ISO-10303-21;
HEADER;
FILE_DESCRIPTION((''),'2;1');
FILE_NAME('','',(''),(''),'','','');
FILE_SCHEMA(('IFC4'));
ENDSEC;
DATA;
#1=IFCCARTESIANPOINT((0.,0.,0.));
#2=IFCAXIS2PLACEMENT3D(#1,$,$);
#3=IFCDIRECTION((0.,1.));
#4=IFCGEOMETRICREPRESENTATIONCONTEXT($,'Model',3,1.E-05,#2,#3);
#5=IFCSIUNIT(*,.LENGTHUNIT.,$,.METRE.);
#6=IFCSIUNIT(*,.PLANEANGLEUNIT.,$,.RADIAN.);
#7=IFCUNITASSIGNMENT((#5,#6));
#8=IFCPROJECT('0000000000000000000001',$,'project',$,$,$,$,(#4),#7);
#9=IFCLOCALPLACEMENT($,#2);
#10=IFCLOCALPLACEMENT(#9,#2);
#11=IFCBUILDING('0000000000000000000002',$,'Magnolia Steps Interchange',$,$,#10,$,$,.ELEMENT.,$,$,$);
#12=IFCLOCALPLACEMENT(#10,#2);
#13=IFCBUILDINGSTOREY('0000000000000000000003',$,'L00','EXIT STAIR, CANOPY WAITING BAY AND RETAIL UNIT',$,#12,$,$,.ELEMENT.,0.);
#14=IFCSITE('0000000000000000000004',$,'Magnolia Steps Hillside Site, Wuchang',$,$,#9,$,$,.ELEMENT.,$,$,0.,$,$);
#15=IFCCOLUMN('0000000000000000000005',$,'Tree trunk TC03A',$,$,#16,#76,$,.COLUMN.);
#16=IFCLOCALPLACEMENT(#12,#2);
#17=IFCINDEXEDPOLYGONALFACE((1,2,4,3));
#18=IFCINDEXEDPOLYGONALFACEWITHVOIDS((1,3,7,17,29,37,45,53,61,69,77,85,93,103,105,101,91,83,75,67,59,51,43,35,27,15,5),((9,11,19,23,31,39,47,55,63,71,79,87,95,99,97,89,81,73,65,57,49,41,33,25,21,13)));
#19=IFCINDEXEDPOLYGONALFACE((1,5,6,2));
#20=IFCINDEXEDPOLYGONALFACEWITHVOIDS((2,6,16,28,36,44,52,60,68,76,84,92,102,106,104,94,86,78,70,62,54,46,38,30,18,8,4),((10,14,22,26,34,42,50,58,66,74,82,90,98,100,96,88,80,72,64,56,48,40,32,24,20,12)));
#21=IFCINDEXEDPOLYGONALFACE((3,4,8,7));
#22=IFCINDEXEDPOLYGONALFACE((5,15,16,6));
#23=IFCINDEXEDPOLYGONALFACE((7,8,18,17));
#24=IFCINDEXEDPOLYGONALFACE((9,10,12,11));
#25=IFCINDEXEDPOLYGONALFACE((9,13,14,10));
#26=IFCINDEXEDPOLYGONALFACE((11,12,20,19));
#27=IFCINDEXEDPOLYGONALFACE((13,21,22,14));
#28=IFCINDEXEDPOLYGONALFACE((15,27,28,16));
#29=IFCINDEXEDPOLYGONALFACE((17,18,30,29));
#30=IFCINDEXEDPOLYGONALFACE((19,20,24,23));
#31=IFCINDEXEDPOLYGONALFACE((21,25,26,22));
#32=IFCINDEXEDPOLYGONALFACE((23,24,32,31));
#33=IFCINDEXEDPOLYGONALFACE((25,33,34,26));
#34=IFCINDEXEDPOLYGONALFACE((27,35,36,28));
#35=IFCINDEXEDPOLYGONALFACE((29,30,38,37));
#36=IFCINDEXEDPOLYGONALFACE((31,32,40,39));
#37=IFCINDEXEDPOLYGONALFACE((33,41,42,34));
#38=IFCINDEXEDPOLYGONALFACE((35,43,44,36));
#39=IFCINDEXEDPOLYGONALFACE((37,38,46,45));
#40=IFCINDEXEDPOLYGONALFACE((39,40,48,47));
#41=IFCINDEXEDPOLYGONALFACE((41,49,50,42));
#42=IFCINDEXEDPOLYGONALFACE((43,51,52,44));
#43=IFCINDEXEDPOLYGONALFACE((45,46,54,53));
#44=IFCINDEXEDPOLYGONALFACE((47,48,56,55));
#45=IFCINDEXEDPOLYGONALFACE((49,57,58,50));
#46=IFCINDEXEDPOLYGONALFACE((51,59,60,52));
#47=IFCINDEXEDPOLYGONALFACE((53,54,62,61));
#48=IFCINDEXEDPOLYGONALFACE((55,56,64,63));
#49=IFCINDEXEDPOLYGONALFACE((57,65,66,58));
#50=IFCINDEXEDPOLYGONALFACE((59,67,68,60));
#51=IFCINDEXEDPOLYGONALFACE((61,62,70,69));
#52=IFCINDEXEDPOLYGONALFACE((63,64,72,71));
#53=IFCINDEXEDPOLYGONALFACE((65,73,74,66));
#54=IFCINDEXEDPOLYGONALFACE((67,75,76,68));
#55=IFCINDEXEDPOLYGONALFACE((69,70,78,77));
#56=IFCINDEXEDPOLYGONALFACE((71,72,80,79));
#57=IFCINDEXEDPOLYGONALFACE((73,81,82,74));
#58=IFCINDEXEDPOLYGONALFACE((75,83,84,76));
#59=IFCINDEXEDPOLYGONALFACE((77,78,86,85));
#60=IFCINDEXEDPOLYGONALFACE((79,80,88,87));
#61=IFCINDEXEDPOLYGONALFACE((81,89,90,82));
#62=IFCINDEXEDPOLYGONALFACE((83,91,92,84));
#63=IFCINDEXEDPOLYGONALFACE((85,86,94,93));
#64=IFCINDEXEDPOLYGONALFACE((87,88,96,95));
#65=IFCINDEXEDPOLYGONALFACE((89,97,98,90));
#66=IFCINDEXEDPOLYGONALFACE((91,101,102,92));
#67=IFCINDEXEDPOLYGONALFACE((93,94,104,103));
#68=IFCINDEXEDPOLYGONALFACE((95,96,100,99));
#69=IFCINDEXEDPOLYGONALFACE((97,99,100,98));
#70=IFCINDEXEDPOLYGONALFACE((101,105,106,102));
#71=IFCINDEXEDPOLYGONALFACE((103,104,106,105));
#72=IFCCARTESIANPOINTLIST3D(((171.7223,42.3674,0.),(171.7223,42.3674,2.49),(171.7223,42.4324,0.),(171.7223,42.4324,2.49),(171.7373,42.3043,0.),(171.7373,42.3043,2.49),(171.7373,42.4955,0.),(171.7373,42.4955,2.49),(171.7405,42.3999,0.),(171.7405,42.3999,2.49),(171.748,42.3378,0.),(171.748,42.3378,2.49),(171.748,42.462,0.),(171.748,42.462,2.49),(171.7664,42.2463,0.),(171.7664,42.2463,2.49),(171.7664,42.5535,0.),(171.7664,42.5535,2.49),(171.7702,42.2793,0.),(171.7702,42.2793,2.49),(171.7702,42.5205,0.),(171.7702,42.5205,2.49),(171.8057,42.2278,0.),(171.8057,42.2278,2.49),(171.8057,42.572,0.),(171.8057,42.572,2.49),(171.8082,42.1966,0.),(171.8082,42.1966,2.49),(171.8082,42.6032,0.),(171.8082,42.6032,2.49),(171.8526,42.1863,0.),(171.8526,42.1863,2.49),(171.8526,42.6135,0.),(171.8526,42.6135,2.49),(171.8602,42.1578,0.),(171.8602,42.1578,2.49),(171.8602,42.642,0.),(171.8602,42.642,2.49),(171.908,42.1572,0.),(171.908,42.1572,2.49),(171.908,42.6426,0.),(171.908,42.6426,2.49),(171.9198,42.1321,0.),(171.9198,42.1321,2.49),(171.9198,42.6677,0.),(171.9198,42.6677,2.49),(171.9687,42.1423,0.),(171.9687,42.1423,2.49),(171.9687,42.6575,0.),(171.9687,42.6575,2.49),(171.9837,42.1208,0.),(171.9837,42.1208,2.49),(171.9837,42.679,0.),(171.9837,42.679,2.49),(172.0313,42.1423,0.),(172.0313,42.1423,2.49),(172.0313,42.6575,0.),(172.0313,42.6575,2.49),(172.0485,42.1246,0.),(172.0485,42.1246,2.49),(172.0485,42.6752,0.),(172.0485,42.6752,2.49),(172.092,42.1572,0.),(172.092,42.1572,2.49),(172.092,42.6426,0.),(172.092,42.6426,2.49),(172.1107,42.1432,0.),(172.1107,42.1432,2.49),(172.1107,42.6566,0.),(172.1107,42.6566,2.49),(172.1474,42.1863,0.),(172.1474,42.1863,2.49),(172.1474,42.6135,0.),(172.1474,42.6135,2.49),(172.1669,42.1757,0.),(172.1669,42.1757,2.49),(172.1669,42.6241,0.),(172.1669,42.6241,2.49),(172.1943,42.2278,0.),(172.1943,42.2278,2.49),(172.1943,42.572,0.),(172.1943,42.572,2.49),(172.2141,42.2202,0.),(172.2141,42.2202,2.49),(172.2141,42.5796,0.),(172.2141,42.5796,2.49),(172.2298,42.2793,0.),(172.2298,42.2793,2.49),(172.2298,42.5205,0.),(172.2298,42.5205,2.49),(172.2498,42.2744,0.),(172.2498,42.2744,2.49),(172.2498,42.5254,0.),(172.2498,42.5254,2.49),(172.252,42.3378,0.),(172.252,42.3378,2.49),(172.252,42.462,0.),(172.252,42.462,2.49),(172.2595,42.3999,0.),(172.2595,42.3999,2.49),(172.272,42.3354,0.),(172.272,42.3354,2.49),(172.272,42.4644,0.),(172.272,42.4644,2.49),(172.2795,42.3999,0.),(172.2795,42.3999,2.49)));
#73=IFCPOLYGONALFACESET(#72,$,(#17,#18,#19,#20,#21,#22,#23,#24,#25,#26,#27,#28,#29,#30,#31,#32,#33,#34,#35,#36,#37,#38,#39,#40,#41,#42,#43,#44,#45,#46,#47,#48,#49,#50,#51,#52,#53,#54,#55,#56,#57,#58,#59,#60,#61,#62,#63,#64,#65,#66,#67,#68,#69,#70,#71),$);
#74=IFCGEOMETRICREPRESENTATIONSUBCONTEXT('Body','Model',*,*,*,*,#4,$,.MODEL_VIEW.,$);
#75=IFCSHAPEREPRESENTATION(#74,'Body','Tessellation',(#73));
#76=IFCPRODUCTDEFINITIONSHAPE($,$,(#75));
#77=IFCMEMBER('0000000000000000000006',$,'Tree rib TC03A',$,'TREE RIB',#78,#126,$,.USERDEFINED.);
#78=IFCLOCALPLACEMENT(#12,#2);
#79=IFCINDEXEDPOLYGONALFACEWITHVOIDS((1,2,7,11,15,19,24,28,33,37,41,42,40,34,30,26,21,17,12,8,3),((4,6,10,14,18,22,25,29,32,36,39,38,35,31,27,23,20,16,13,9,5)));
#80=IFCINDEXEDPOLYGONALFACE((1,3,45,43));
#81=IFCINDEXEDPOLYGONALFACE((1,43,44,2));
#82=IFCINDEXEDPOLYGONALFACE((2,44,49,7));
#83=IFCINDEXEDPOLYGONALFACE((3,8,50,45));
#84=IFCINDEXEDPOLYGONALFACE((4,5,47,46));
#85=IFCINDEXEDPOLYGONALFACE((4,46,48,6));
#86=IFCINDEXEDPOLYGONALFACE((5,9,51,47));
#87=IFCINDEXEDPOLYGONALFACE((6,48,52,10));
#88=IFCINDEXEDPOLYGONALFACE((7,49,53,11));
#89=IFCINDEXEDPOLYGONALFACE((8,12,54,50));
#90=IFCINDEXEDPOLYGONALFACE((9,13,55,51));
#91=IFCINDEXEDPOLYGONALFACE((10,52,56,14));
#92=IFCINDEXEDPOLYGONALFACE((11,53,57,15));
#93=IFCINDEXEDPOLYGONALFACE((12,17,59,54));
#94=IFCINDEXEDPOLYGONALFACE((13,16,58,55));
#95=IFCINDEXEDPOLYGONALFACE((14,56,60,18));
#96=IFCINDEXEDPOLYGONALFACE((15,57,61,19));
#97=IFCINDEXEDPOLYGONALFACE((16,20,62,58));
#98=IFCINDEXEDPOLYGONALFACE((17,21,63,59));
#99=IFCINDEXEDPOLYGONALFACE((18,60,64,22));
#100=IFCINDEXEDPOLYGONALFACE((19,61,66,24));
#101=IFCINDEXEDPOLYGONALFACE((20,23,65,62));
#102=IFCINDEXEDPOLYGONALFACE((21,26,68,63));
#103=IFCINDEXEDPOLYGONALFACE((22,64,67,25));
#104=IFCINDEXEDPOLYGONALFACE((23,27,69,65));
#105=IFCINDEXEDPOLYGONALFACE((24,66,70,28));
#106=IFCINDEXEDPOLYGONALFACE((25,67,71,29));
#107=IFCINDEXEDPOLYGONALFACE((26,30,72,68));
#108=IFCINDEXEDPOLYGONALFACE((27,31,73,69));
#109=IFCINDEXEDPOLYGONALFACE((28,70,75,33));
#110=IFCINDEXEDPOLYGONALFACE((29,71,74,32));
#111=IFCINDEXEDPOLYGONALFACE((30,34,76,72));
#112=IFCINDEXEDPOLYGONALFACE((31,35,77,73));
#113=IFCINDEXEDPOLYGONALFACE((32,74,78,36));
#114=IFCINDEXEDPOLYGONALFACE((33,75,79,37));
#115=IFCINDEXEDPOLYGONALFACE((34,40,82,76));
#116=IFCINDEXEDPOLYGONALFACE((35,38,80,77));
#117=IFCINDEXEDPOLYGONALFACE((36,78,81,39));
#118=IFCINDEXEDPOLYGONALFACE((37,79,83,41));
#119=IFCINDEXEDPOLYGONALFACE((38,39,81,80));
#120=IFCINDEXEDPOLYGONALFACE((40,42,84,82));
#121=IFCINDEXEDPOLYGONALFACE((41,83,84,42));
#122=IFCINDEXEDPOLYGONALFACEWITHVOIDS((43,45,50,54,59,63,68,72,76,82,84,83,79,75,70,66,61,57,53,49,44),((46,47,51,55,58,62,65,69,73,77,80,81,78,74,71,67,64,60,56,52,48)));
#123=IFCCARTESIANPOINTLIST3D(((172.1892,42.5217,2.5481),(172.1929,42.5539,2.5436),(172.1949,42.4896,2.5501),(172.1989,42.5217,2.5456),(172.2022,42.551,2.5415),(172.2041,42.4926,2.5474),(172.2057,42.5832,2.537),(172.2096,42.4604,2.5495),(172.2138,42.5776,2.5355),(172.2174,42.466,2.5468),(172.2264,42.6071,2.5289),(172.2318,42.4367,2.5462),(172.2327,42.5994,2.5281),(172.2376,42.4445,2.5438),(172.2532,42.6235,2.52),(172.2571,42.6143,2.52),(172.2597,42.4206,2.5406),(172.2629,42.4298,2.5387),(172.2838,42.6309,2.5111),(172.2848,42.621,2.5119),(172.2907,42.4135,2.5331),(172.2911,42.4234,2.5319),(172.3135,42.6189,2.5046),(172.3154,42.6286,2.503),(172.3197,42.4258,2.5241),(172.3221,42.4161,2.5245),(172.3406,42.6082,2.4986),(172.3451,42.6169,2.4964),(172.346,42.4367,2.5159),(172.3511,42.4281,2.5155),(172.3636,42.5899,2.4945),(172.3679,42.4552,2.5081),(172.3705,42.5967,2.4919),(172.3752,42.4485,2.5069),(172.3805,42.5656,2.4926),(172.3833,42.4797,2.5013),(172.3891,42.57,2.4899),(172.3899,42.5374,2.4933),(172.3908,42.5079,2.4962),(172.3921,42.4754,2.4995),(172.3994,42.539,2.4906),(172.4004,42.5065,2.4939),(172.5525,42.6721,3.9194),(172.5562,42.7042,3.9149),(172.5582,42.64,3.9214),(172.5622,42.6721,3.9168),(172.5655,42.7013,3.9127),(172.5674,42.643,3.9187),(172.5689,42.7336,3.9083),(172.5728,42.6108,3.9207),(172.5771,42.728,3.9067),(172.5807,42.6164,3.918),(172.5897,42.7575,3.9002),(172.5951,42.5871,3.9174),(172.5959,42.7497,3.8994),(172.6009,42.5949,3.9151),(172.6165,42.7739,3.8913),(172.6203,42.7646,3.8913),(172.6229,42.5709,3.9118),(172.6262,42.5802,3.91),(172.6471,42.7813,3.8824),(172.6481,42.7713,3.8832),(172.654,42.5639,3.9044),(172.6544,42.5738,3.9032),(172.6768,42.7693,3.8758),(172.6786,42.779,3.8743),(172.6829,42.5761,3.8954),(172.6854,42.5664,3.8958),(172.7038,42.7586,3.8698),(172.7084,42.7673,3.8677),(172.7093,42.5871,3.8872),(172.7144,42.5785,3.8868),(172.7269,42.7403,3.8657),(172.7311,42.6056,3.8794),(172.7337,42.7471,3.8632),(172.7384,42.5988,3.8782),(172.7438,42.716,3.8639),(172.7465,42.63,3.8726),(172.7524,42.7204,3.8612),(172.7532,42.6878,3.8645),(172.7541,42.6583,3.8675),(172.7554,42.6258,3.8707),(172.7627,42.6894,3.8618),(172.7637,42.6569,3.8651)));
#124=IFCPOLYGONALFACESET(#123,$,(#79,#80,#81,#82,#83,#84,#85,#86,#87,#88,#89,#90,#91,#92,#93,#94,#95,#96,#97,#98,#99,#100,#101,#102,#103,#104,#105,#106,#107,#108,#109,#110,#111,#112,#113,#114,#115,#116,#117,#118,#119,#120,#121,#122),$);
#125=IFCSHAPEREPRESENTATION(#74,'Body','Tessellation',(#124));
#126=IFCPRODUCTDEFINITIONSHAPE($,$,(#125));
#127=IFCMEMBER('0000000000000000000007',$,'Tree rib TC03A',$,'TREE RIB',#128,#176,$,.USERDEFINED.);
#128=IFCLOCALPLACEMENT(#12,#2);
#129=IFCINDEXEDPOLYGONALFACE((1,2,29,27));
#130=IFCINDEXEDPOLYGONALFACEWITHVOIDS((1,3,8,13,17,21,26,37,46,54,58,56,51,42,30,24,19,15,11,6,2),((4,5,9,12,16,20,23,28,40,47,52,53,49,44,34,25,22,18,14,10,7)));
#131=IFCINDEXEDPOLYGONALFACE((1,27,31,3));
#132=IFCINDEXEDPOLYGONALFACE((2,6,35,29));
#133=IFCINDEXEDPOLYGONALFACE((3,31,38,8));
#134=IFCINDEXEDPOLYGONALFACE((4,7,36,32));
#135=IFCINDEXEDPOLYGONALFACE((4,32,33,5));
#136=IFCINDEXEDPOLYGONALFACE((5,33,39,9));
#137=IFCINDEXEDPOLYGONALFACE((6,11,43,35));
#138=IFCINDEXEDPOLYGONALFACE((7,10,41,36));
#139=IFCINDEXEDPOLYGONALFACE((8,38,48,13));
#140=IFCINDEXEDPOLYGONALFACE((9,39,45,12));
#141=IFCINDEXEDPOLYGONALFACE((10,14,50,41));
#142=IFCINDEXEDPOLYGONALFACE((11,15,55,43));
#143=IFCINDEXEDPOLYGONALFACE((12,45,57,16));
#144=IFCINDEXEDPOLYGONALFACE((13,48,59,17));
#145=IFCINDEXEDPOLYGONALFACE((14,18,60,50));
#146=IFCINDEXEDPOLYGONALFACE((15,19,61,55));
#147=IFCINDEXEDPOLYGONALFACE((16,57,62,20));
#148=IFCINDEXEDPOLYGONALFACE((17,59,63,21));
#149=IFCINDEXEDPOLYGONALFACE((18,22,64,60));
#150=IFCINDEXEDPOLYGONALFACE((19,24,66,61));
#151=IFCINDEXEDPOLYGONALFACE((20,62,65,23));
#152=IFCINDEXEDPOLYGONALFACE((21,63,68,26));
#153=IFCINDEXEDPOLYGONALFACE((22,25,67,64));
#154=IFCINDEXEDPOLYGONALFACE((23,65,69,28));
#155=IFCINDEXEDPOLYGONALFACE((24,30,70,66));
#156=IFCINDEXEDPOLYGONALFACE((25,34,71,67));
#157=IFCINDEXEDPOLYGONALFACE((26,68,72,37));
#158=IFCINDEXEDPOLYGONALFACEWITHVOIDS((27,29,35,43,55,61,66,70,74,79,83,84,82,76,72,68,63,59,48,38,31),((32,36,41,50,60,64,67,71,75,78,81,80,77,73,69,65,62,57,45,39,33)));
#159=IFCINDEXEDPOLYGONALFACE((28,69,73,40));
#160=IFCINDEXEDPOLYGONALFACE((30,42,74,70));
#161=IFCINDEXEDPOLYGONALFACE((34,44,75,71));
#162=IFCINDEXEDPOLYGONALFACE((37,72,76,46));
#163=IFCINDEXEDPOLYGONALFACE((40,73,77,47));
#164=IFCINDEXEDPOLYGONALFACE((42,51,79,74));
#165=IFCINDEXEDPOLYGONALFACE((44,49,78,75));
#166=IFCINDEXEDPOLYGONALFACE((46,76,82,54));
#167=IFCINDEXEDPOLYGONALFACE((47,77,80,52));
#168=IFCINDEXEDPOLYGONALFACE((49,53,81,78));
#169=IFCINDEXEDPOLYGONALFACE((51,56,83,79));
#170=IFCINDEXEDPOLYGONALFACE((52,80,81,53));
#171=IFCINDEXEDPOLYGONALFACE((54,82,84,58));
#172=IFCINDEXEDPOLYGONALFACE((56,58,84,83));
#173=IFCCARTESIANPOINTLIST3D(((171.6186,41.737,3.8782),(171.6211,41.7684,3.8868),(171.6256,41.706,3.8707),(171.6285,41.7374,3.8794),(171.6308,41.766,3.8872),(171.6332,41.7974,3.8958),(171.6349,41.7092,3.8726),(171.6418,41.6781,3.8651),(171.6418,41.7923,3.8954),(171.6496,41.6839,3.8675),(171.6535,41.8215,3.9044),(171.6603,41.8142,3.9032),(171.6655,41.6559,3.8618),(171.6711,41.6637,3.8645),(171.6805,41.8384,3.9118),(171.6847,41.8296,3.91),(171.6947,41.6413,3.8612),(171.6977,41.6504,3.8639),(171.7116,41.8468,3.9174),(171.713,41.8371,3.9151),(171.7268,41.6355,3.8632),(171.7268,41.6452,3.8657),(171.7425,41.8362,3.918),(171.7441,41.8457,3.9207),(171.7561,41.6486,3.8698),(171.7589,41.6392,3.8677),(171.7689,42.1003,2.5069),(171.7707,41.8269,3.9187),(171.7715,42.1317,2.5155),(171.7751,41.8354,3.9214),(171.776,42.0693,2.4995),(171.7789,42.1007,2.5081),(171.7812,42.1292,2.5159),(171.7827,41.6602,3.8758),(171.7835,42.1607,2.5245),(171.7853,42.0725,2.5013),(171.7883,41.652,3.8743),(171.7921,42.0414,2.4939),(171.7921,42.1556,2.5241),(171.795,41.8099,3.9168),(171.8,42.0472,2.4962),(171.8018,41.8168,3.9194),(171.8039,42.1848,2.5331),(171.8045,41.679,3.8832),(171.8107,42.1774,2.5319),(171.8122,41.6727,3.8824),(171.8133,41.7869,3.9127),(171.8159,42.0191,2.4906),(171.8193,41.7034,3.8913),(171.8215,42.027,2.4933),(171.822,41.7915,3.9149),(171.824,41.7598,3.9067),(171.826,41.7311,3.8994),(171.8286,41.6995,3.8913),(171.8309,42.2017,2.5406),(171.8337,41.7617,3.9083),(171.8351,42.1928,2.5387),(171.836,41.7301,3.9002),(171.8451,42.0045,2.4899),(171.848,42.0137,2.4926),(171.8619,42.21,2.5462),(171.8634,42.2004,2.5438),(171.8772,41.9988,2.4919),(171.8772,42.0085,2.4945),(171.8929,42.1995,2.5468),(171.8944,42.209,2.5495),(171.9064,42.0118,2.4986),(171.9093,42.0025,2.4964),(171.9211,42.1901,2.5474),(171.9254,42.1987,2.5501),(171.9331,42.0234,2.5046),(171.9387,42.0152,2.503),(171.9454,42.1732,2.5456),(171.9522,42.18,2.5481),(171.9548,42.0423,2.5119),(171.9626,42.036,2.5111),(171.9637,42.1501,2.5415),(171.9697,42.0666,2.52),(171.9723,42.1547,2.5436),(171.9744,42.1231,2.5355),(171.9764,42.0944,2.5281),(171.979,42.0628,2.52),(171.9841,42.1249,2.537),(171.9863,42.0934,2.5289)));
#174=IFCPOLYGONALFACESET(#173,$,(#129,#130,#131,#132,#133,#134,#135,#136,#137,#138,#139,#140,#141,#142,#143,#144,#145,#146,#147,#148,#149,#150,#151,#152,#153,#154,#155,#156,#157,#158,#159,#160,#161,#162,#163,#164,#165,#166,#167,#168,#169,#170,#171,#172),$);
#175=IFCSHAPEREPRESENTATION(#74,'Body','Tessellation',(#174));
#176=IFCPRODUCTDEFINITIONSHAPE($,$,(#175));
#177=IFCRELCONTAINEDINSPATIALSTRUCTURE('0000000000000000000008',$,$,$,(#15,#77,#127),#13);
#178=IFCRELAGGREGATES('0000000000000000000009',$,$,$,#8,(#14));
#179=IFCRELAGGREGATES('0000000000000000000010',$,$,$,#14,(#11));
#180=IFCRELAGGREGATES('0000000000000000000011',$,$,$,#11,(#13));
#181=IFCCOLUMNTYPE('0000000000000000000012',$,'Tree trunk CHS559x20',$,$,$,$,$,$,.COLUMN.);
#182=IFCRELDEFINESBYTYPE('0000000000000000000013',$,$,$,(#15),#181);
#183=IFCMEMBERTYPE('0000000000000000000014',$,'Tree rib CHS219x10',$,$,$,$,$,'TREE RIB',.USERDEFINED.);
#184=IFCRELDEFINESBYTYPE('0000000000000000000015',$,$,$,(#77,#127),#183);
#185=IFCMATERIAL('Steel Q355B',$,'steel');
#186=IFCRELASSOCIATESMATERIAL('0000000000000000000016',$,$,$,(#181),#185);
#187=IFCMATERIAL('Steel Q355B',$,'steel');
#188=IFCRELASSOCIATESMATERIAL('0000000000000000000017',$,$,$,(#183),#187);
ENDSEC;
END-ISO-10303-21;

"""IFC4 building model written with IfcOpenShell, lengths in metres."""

from ifc_helpers import new_model, si_unit, direction, frame, origin, origin_2d, place, context, subcontext, project, spatial, hollow_circle, extrude, material, material_profile, profile_set, type_object, element, save


model = new_model("IFC4")

# Units and contexts
model_context = context("Model", 3, precision=1e-05, world=origin(), true_north=direction((0.0, 1.0)))
body_context = subcontext(model_context, "Body", "Model", "MODEL_VIEW")
ifc_project = project(units=[si_unit("LENGTHUNIT", "METRE"), si_unit("PLANEANGLEUNIT", "RADIAN")], contexts=[model_context])

# Site, building, storey
site_placement = place(None, origin())
site = spatial("IfcSite", under=ifc_project, at=site_placement, Name="Magnolia Steps Hillside Site, Wuchang", CompositionType="ELEMENT", RefElevation=0.0)
building_placement = place(site_placement, origin())
building = spatial("IfcBuilding", under=site, at=building_placement, Name="Magnolia Steps Interchange", CompositionType="ELEMENT")
storey_placement = place(building_placement, origin())
storey = spatial("IfcBuildingStorey", under=building, at=storey_placement, Name="L00", Description="EXIT STAIR, CANOPY WAITING BAY AND RETAIL UNIT", CompositionType="ELEMENT", Elevation=0.0)

# Column
ifc_material_1 = material(Name="Steel Q355B", Category="steel")
ifc_material_profile_1 = material_profile(ifc_material_1, hollow_circle(Radius=0.2795, WallThickness=0.02, at=origin_2d()), Name="CHS559x20")
ifc_profile_set_1 = profile_set([ifc_material_profile_1], Name="Steel Q355B")
column_type = type_object("IfcColumnType", Name="Tree trunk CHS559x20", PredefinedType="COLUMN", material=ifc_profile_set_1)
column_placement = place(storey_placement, frame((172.0, 42.3999, 0.0), z_axis=(0.0, 0.0, 1.0), x_axis=(1.0, 0.0, 0.0)))
element("IfcColumn", 1, at=column_placement, inside=storey, type_object=column_type, Name="Tree trunk TC03A", PredefinedType="COLUMN", context=body_context, shape_type="SweptSolid", body=[
    extrude(hollow_circle(Radius=0.2795, WallThickness=0.02, at=origin_2d()), origin(), (0.0, 0.0, 1.0), 2.49),
])

# Members
ifc_material_2 = material(Name="Steel Q355B", Category="steel")
ifc_material_profile_2 = material_profile(ifc_material_2, hollow_circle(Radius=0.1096, WallThickness=0.01, at=origin_2d()), Name="CHS219x10")
ifc_profile_set_2 = profile_set([ifc_material_profile_2], Name="Steel Q355B")
member_type = type_object("IfcMemberType", Name="Tree rib CHS219x10", ElementType="TREE RIB", PredefinedType="USERDEFINED", material=ifc_profile_set_2)
for number, where, z_axis, x_axis, name in (
    (2, (172.2952, 42.5222, 2.52), (0.25465, 0.10542, 0.96127), (-0.382498, 0.923956, 0.0), "Tree rib TC03A"),
    (3, (171.8777, 42.1047, 2.52), (-0.10542, -0.25465, 0.96127), (0.923956, -0.382498, 0.0), "Tree rib TC03A"),
):
    element("IfcMember", number, at=place(storey_placement, frame(where, z_axis=z_axis, x_axis=x_axis)), inside=storey, type_object=member_type, Name=name, ObjectType="TREE RIB", PredefinedType="USERDEFINED", context=body_context, shape_type="SweptSolid", body=[
        extrude(hollow_circle(Radius=0.1096, WallThickness=0.01, at=origin_2d()), origin(), (0.0, 0.0, 1.0), 1.4265),
    ])

save(model, "model.ifc")
